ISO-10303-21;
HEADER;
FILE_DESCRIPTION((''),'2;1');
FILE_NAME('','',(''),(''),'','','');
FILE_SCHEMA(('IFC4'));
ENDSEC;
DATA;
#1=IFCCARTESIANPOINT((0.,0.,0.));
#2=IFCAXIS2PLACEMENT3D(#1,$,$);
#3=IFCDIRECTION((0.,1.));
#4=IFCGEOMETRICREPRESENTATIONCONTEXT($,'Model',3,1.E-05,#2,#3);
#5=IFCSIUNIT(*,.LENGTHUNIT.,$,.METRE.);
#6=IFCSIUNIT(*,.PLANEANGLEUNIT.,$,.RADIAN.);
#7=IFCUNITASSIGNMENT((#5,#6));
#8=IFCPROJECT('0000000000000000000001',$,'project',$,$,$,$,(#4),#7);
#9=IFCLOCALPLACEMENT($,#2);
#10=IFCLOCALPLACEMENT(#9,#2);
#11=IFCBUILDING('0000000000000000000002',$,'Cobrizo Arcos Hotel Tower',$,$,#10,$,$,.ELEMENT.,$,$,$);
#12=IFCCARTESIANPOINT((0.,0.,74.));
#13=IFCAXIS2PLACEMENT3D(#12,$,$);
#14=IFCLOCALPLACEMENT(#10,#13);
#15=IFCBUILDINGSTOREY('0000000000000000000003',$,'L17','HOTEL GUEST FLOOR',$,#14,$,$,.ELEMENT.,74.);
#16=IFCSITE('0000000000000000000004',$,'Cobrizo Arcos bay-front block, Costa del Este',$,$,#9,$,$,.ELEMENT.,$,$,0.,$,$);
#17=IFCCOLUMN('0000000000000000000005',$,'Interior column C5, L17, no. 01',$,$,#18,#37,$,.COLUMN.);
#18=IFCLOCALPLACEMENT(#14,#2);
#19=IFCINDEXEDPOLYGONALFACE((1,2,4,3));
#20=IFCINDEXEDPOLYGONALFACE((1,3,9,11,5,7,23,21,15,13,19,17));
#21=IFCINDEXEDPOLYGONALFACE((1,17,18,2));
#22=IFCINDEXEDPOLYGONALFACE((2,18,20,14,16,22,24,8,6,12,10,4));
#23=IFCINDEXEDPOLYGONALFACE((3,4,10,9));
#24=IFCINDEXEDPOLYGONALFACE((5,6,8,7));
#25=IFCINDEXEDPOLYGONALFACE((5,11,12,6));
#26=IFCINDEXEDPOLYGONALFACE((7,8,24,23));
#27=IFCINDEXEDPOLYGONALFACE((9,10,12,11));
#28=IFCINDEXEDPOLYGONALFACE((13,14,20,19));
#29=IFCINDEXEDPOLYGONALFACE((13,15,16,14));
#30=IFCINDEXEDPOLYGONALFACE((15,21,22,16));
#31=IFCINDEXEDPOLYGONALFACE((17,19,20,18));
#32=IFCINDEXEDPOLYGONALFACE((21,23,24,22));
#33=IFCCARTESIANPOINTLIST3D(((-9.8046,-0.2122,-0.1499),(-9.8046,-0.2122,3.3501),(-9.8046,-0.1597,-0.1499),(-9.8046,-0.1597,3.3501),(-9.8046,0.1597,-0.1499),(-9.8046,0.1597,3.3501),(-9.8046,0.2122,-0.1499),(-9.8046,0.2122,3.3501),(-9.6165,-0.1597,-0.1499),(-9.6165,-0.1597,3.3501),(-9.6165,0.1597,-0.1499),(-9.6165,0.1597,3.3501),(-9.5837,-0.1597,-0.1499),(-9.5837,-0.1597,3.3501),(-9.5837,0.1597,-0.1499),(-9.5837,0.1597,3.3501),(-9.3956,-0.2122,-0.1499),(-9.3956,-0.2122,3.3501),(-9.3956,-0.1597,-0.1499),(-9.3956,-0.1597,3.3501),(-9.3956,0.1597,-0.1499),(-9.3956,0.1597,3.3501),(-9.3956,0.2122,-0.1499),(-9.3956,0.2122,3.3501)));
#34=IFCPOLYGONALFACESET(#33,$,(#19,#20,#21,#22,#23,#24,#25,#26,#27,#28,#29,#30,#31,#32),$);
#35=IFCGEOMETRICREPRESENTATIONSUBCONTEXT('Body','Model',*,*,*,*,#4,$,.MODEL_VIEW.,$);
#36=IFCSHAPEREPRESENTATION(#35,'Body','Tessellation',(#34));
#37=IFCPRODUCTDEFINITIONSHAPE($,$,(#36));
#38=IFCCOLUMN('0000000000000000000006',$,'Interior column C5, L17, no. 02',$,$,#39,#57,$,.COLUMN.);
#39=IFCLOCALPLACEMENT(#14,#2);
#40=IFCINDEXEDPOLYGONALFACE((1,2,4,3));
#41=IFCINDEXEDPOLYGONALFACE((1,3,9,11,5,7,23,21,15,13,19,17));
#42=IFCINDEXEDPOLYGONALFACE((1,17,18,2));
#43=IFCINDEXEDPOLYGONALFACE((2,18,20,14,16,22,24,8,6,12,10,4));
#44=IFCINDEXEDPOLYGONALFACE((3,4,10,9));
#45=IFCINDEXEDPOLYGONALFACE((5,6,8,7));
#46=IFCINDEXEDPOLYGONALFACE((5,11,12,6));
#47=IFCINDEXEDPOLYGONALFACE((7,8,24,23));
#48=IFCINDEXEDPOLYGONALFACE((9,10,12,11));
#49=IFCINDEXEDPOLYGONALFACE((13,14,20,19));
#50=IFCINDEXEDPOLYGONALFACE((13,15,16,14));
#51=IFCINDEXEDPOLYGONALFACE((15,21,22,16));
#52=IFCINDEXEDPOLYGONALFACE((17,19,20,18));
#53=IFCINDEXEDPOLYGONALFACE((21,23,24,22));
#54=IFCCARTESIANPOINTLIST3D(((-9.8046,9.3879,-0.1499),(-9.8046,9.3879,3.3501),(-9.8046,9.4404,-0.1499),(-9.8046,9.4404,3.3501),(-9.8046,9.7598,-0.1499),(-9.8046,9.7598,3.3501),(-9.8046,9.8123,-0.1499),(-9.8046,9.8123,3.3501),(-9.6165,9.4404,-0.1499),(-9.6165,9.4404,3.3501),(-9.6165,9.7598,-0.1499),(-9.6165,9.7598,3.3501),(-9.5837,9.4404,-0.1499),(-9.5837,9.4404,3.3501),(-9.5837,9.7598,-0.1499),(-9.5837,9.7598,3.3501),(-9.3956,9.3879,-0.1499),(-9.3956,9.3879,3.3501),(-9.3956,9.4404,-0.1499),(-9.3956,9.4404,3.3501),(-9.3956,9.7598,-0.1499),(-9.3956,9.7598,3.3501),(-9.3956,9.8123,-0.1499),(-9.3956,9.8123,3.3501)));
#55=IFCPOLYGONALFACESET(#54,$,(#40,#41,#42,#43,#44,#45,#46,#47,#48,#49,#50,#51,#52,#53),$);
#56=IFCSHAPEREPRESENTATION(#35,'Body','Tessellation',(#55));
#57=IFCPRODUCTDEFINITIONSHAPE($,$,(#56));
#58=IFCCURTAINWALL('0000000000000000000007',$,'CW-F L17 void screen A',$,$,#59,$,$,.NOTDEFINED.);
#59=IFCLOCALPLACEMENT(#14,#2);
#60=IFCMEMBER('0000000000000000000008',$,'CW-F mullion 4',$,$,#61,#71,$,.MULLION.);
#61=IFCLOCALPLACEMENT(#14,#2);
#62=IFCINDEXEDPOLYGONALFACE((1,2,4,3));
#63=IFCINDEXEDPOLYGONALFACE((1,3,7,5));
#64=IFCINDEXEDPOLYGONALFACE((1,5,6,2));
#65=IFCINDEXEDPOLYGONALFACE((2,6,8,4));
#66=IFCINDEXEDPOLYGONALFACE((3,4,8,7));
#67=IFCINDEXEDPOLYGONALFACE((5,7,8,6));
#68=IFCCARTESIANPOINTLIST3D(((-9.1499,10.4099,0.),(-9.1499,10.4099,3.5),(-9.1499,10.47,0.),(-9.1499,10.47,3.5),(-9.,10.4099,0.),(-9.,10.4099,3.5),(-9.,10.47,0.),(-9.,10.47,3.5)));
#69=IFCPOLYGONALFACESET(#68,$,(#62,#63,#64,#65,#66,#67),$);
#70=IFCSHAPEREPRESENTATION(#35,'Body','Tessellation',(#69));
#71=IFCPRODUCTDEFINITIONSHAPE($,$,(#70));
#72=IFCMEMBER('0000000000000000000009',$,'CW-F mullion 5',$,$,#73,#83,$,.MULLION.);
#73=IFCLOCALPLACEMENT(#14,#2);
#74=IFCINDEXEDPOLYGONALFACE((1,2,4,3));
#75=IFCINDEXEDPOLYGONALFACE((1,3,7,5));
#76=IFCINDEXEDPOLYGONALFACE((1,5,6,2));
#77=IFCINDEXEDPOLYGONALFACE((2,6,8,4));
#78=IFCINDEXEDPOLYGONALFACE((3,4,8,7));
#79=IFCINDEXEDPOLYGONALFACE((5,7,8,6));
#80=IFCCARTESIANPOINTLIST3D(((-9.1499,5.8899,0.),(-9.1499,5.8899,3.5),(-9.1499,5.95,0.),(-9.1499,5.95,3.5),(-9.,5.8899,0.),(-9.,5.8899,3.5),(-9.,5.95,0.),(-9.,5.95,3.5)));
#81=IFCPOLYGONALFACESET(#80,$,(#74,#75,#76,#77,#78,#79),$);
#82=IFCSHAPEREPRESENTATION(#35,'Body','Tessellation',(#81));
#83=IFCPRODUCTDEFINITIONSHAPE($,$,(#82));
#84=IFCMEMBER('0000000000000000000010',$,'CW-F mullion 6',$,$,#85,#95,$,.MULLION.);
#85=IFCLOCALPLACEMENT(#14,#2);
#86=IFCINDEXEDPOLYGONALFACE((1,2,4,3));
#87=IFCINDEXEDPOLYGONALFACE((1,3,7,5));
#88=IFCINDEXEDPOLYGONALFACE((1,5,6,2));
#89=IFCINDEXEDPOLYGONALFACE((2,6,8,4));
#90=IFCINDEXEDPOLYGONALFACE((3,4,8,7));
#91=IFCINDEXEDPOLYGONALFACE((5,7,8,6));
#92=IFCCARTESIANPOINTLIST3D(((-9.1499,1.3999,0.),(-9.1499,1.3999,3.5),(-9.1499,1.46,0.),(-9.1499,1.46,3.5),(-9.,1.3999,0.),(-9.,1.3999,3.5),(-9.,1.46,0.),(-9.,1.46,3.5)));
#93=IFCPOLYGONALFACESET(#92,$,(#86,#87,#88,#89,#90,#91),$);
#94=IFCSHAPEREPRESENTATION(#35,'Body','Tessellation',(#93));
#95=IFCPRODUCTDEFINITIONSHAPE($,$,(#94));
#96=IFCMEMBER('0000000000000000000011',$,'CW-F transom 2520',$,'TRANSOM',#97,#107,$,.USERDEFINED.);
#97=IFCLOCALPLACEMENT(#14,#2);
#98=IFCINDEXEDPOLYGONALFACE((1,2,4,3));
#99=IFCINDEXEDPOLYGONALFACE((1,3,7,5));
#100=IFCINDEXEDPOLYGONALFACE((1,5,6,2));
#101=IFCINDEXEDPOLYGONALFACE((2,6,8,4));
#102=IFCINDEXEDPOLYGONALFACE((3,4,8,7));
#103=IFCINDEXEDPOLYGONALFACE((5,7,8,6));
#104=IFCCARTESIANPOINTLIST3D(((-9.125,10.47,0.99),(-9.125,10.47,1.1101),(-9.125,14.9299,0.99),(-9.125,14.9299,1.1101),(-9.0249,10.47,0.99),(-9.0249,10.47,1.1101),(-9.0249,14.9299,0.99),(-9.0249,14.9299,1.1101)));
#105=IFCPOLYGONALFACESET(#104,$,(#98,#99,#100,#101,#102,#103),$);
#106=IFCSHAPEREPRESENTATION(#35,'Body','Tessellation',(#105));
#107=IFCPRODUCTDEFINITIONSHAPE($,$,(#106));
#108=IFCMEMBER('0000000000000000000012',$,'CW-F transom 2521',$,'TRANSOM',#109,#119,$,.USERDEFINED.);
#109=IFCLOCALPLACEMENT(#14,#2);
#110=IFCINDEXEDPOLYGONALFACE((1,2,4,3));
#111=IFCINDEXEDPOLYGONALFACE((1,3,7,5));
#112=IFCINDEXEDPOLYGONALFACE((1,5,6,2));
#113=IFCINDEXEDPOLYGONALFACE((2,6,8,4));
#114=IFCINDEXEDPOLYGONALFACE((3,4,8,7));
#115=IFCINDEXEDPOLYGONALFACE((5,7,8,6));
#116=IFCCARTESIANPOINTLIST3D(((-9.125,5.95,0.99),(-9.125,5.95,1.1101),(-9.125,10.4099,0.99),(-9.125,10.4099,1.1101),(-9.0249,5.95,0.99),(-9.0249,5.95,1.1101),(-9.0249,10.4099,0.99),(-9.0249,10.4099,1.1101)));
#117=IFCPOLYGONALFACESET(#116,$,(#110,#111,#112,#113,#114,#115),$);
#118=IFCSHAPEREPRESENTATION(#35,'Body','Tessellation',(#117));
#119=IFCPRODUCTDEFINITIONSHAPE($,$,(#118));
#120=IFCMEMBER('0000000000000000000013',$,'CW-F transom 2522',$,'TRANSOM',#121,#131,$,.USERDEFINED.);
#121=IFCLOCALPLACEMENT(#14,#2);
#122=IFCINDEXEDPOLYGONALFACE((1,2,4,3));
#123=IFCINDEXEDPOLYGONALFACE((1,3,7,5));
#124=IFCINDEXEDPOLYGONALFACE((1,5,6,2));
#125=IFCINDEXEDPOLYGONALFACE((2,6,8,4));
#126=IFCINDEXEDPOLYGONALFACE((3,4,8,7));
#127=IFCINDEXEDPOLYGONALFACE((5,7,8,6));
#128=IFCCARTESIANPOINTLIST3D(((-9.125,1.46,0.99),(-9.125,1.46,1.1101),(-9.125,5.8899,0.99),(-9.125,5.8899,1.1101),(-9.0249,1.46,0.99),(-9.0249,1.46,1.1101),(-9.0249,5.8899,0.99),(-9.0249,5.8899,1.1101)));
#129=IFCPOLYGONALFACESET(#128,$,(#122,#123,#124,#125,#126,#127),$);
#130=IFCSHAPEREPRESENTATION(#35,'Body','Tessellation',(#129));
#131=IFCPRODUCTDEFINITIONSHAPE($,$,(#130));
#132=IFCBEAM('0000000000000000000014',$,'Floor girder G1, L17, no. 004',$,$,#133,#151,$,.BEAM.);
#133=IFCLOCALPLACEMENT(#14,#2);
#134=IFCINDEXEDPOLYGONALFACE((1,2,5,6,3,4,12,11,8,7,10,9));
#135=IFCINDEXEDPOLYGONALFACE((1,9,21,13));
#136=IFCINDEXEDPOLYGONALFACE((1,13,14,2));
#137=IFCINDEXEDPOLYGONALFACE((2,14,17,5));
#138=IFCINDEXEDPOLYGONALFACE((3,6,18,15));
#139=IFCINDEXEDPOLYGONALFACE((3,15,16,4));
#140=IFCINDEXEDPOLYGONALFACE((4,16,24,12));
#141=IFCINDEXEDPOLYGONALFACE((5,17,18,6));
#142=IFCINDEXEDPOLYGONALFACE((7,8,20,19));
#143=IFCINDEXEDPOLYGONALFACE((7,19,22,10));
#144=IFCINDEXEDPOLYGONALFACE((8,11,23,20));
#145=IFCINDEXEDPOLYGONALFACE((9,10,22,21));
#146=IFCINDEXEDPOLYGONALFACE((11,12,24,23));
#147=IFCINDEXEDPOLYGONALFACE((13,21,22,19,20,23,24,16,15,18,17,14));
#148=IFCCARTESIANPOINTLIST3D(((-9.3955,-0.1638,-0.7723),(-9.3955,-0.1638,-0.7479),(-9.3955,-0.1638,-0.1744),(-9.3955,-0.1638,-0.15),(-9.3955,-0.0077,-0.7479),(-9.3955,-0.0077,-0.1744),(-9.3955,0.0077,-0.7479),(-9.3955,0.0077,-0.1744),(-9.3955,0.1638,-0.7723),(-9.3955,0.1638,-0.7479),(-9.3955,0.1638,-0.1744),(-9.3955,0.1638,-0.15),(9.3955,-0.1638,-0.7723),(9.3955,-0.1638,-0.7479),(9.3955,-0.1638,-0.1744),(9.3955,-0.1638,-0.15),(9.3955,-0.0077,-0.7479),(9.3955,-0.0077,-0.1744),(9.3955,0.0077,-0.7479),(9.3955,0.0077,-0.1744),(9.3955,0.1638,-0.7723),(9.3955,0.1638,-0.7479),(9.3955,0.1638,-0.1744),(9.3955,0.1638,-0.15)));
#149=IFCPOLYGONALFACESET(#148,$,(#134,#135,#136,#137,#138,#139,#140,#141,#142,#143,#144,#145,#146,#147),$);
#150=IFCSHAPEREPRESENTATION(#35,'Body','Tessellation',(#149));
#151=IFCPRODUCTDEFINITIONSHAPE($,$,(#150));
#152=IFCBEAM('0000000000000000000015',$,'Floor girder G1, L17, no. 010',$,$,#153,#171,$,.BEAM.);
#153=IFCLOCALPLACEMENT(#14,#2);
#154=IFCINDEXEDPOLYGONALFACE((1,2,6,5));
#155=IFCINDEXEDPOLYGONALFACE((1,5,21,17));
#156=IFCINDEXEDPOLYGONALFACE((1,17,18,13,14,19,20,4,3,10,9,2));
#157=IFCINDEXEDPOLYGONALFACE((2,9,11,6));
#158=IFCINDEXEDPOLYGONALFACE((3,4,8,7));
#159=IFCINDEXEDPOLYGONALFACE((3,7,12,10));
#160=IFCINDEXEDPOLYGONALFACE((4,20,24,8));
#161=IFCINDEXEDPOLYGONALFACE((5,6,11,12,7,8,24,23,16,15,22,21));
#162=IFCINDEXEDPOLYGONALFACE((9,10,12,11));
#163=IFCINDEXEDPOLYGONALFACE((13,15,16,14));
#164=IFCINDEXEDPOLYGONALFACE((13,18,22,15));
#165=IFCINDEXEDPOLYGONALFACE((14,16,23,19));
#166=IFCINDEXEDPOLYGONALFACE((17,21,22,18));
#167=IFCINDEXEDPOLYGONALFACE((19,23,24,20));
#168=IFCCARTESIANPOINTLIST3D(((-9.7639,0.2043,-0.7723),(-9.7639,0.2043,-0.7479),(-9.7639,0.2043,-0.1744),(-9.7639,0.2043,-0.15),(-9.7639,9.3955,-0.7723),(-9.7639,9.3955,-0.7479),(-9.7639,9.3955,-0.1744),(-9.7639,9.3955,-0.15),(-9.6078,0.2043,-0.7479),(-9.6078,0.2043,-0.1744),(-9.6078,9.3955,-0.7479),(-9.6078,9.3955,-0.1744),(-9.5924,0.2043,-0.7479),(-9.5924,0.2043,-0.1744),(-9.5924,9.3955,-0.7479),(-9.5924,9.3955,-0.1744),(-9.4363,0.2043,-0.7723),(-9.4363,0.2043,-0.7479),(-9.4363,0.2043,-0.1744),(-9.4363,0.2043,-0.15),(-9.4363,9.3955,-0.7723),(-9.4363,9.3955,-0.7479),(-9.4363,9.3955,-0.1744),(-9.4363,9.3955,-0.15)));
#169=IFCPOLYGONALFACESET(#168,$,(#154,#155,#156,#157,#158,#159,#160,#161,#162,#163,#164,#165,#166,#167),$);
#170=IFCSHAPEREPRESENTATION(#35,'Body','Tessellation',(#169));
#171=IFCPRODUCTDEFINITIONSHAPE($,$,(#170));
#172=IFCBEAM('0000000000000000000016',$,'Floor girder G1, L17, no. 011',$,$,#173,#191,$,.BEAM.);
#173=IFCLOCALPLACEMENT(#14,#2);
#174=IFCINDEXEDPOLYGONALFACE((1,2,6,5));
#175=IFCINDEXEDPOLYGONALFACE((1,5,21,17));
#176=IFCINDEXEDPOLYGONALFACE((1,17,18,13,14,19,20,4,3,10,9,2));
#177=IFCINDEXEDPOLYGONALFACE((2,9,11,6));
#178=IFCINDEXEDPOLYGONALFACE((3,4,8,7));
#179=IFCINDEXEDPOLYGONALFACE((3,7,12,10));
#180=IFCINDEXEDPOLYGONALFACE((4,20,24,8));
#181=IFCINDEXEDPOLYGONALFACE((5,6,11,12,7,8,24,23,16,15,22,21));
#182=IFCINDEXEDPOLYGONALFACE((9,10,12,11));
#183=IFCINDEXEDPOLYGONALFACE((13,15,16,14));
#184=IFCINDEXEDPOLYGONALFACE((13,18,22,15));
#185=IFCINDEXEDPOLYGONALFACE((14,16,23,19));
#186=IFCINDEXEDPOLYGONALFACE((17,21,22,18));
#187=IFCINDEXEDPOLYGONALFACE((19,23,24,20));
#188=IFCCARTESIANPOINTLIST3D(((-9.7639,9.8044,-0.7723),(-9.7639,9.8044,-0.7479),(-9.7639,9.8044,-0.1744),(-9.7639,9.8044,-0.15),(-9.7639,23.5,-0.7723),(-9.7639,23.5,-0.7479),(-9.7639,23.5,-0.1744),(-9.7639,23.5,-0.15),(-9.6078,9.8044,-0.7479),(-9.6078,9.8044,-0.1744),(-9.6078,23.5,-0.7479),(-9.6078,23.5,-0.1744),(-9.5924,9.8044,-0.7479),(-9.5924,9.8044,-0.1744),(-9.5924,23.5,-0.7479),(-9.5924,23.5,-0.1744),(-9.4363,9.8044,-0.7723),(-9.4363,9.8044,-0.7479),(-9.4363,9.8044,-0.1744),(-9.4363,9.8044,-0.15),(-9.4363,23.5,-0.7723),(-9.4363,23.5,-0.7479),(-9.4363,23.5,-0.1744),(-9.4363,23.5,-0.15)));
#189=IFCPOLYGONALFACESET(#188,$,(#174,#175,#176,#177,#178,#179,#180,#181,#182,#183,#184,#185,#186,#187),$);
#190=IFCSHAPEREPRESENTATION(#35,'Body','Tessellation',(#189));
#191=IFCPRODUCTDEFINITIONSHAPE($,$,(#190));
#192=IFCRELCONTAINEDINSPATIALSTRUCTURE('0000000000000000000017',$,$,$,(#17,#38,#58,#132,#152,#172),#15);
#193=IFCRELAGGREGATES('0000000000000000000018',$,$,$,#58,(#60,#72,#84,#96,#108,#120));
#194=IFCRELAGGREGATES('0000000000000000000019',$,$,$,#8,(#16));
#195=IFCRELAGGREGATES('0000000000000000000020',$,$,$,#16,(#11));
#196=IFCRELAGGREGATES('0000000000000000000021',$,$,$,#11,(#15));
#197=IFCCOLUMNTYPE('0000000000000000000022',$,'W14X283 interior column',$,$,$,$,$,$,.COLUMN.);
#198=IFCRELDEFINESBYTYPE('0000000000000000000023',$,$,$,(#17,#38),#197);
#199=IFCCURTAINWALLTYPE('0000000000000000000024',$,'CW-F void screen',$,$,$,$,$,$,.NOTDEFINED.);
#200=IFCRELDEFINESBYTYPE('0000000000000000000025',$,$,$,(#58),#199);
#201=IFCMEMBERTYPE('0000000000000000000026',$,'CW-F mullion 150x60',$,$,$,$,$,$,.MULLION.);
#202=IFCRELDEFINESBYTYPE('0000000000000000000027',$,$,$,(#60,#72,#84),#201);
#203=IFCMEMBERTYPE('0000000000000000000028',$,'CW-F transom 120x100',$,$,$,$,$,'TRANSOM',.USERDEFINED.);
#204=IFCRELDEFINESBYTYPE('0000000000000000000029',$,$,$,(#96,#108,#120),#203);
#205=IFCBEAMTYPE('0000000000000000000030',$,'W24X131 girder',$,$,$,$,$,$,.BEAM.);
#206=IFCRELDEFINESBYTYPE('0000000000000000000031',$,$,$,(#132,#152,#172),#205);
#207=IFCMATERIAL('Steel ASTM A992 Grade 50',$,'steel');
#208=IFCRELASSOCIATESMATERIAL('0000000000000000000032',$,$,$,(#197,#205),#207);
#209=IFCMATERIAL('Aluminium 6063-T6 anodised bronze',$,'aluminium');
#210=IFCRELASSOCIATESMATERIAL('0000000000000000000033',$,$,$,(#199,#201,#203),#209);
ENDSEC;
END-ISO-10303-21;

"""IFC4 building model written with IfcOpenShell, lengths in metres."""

from ifc_helpers import new_model, si_unit, direction, frame, origin, origin_2d, place, context, subcontext, project, spatial, rectangle, i_section, extrude, material, material_profile, profile_set, type_object, element, aggregate, save


model = new_model("IFC4")

# Units and contexts
model_context = context("Model", 3, precision=1e-05, world=origin(), true_north=direction((0.0, 1.0)))
body_context = subcontext(model_context, "Body", "Model", "MODEL_VIEW")
ifc_project = project(units=[si_unit("LENGTHUNIT", "METRE"), si_unit("PLANEANGLEUNIT", "RADIAN")], contexts=[model_context])

# Site, building, storey
site_placement = place(None, origin())
site = spatial("IfcSite", under=ifc_project, at=site_placement, Name="Cobrizo Arcos bay-front block, Costa del Este", CompositionType="ELEMENT", RefElevation=0.0)
building_placement = place(site_placement, origin())
building = spatial("IfcBuilding", under=site, at=building_placement, Name="Cobrizo Arcos Hotel Tower", CompositionType="ELEMENT")
storey_placement = place(building_placement, frame((0.0, 0.0, 74.0)))
storey = spatial("IfcBuildingStorey", under=building, at=storey_placement, Name="L17", Description="HOTEL GUEST FLOOR", CompositionType="ELEMENT", Elevation=74.0)

# Columns
ifc_material_1 = material(Name="Steel ASTM A992 Grade 50", Category="steel")
ifc_material_profile_1 = material_profile(ifc_material_1, i_section(OverallWidth=0.4089, OverallDepth=0.4243, WebThickness=0.0327, FlangeThickness=0.0525, at=origin_2d()), Name="W14X283")
ifc_profile_set_1 = profile_set([ifc_material_profile_1], Name="Steel ASTM A992 Grade 50")
column_type = type_object("IfcColumnType", Name="W14X283 interior column", PredefinedType="COLUMN", material=ifc_profile_set_1)
for number, where, z_axis, x_axis, name in (
    (1, (-9.6001, 0.0, -0.1499), (0.0, 0.0, 1.0), (1.0, 0.0, 0.0), "Interior column C5, L17, no. 01"),
    (2, (-9.6001, 9.6001, -0.1499), (0.0, 0.0, 1.0), (1.0, 0.0, 0.0), "Interior column C5, L17, no. 02"),
):
    element("IfcColumn", number, at=place(storey_placement, frame(where, z_axis=z_axis, x_axis=x_axis)), inside=storey, type_object=column_type, Name=name, PredefinedType="COLUMN", context=body_context, shape_type="SweptSolid", body=[
        extrude(i_section(OverallWidth=0.4089, OverallDepth=0.4243, WebThickness=0.0327, FlangeThickness=0.0525, at=origin_2d()), origin(), (0.0, 0.0, 1.0), 3.5),
    ])

# Curtain wall, members
ifc_material_2 = material(Name="Aluminium 6063-T6 anodised bronze", Category="aluminium")
curtain_wall_type = type_object("IfcCurtainWallType", Name="CW-F void screen", PredefinedType="NOTDEFINED", material=ifc_material_2)
curtain_wall_placement = place(storey_placement, origin())
curtain_wall = element("IfcCurtainWall", 3, at=curtain_wall_placement, inside=storey, type_object=curtain_wall_type, Name="CW-F L17 void screen A", PredefinedType="NOTDEFINED")
ifc_material_profile_2 = material_profile(ifc_material_2, rectangle(XDim=0.1499, YDim=0.0601, at=origin_2d()), Name="CW-F mullion 150x60")
ifc_profile_set_2 = profile_set([ifc_material_profile_2], Name="Aluminium 6063-T6 anodised bronze")
member_type_1 = type_object("IfcMemberType", Name="CW-F mullion 150x60", PredefinedType="MULLION", material=ifc_profile_set_2)
member_1_placement = place(storey_placement, frame((-9.075, 10.4399, 0.0), z_axis=(0.0, 0.0, 1.0), x_axis=(-1.0, 0.0, 0.0)))
member_1 = element("IfcMember", 4, at=member_1_placement, type_object=member_type_1, Name="CW-F mullion 4", PredefinedType="MULLION", context=body_context, shape_type="SweptSolid", body=[
    extrude(rectangle(XDim=0.1499, YDim=0.0601, at=origin_2d()), origin(), (0.0, 0.0, 1.0), 3.5),
])
member_2_placement = place(storey_placement, frame((-9.075, 5.9199, 0.0), z_axis=(0.0, 0.0, 1.0), x_axis=(-1.0, 0.0, 0.0)))
member_2 = element("IfcMember", 5, at=member_2_placement, type_object=member_type_1, Name="CW-F mullion 5", PredefinedType="MULLION", context=body_context, shape_type="SweptSolid", body=[
    extrude(rectangle(XDim=0.1499, YDim=0.0601, at=origin_2d()), origin(), (0.0, 0.0, 1.0), 3.5),
])
member_3_placement = place(storey_placement, frame((-9.075, 1.4299, 0.0), z_axis=(0.0, 0.0, 1.0), x_axis=(-1.0, 0.0, 0.0)))
member_3 = element("IfcMember", 6, at=member_3_placement, type_object=member_type_1, Name="CW-F mullion 6", PredefinedType="MULLION", context=body_context, shape_type="SweptSolid", body=[
    extrude(rectangle(XDim=0.1499, YDim=0.0601, at=origin_2d()), origin(), (0.0, 0.0, 1.0), 3.5),
])
ifc_material_profile_3 = material_profile(ifc_material_2, rectangle(XDim=0.1001, YDim=0.1201, at=origin_2d()), Name="CW-F transom 120x100")
ifc_profile_set_3 = profile_set([ifc_material_profile_3], Name="Aluminium 6063-T6 anodised bronze")
member_type_2 = type_object("IfcMemberType", Name="CW-F transom 120x100", ElementType="TRANSOM", PredefinedType="USERDEFINED", material=ifc_profile_set_3)
member_4_placement = place(storey_placement, frame((-9.075, 14.9299, 1.05), z_axis=(0.0, -1.0, 0.0), x_axis=(1.0, 0.0, 0.0)))
member_4 = element("IfcMember", 7, at=member_4_placement, type_object=member_type_2, Name="CW-F transom 2520", ObjectType="TRANSOM", PredefinedType="USERDEFINED", context=body_context, shape_type="SweptSolid", body=[
    extrude(rectangle(XDim=0.1001, YDim=0.1201, at=origin_2d()), origin(), (0.0, 0.0, 1.0), 4.46),
])
member_5_placement = place(storey_placement, frame((-9.075, 10.4099, 1.05), z_axis=(0.0, -1.0, 0.0), x_axis=(1.0, 0.0, 0.0)))
member_5 = element("IfcMember", 8, at=member_5_placement, type_object=member_type_2, Name="CW-F transom 2521", ObjectType="TRANSOM", PredefinedType="USERDEFINED", context=body_context, shape_type="SweptSolid", body=[
    extrude(rectangle(XDim=0.1001, YDim=0.1201, at=origin_2d()), origin(), (0.0, 0.0, 1.0), 4.46),
])
member_6_placement = place(storey_placement, frame((-9.075, 5.8899, 1.05), z_axis=(0.0, -1.0, 0.0), x_axis=(1.0, 0.0, 0.0)))
member_6 = element("IfcMember", 9, at=member_6_placement, type_object=member_type_2, Name="CW-F transom 2522", ObjectType="TRANSOM", PredefinedType="USERDEFINED", context=body_context, shape_type="SweptSolid", body=[
    extrude(rectangle(XDim=0.1001, YDim=0.1201, at=origin_2d()), origin(), (0.0, 0.0, 1.0), 4.4299),
])

# Beams
ifc_material_profile_4 = material_profile(ifc_material_1, i_section(OverallWidth=0.3276, OverallDepth=0.6223, WebThickness=0.0154, FlangeThickness=0.0244, at=origin_2d()), Name="W24X131")
ifc_profile_set_4 = profile_set([ifc_material_profile_4], Name="Steel ASTM A992 Grade 50")
beam_type_1 = type_object("IfcBeamType", Name="W24X131 girder", PredefinedType="BEAM", material=ifc_profile_set_4)
beam_1_placement = place(storey_placement, frame((-9.3955, 0.0, -0.4612), z_axis=(1.0, 0.0, 0.0), x_axis=(0.0, 1.0, 0.0)))
element("IfcBeam", 10, at=beam_1_placement, inside=storey, type_object=beam_type_1, Name="Floor girder G1, L17, no. 004", PredefinedType="BEAM", context=body_context, shape_type="SweptSolid", body=[
    extrude(i_section(OverallWidth=0.3276, OverallDepth=0.6223, WebThickness=0.0154, FlangeThickness=0.0244, at=origin_2d()), origin(), (0.0, 0.0, 1.0), 18.791),
])
beam_2_placement = place(storey_placement, frame((-9.6001, 0.2043, -0.4612), z_axis=(0.0, 1.0, 0.0), x_axis=(-1.0, 0.0, 0.0)))
element("IfcBeam", 11, at=beam_2_placement, inside=storey, type_object=beam_type_1, Name="Floor girder G1, L17, no. 010", PredefinedType="BEAM", context=body_context, shape_type="SweptSolid", body=[
    extrude(i_section(OverallWidth=0.3276, OverallDepth=0.6223, WebThickness=0.0154, FlangeThickness=0.0244, at=origin_2d()), origin(), (0.0, 0.0, 1.0), 9.1912),
])
beam_3_placement = place(storey_placement, frame((-9.6001, 9.8044, -0.4612), z_axis=(0.0, 1.0, 0.0), x_axis=(-1.0, 0.0, 0.0)))
element("IfcBeam", 12, at=beam_3_placement, inside=storey, type_object=beam_type_1, Name="Floor girder G1, L17, no. 011", PredefinedType="BEAM", context=body_context, shape_type="SweptSolid", body=[
    extrude(i_section(OverallWidth=0.3276, OverallDepth=0.6223, WebThickness=0.0154, FlangeThickness=0.0244, at=origin_2d()), origin(), (0.0, 0.0, 1.0), 13.6956),
])

aggregate(curtain_wall, [member_1, member_2, member_3, member_4, member_5, member_6])

save(model, "model.ifc")
